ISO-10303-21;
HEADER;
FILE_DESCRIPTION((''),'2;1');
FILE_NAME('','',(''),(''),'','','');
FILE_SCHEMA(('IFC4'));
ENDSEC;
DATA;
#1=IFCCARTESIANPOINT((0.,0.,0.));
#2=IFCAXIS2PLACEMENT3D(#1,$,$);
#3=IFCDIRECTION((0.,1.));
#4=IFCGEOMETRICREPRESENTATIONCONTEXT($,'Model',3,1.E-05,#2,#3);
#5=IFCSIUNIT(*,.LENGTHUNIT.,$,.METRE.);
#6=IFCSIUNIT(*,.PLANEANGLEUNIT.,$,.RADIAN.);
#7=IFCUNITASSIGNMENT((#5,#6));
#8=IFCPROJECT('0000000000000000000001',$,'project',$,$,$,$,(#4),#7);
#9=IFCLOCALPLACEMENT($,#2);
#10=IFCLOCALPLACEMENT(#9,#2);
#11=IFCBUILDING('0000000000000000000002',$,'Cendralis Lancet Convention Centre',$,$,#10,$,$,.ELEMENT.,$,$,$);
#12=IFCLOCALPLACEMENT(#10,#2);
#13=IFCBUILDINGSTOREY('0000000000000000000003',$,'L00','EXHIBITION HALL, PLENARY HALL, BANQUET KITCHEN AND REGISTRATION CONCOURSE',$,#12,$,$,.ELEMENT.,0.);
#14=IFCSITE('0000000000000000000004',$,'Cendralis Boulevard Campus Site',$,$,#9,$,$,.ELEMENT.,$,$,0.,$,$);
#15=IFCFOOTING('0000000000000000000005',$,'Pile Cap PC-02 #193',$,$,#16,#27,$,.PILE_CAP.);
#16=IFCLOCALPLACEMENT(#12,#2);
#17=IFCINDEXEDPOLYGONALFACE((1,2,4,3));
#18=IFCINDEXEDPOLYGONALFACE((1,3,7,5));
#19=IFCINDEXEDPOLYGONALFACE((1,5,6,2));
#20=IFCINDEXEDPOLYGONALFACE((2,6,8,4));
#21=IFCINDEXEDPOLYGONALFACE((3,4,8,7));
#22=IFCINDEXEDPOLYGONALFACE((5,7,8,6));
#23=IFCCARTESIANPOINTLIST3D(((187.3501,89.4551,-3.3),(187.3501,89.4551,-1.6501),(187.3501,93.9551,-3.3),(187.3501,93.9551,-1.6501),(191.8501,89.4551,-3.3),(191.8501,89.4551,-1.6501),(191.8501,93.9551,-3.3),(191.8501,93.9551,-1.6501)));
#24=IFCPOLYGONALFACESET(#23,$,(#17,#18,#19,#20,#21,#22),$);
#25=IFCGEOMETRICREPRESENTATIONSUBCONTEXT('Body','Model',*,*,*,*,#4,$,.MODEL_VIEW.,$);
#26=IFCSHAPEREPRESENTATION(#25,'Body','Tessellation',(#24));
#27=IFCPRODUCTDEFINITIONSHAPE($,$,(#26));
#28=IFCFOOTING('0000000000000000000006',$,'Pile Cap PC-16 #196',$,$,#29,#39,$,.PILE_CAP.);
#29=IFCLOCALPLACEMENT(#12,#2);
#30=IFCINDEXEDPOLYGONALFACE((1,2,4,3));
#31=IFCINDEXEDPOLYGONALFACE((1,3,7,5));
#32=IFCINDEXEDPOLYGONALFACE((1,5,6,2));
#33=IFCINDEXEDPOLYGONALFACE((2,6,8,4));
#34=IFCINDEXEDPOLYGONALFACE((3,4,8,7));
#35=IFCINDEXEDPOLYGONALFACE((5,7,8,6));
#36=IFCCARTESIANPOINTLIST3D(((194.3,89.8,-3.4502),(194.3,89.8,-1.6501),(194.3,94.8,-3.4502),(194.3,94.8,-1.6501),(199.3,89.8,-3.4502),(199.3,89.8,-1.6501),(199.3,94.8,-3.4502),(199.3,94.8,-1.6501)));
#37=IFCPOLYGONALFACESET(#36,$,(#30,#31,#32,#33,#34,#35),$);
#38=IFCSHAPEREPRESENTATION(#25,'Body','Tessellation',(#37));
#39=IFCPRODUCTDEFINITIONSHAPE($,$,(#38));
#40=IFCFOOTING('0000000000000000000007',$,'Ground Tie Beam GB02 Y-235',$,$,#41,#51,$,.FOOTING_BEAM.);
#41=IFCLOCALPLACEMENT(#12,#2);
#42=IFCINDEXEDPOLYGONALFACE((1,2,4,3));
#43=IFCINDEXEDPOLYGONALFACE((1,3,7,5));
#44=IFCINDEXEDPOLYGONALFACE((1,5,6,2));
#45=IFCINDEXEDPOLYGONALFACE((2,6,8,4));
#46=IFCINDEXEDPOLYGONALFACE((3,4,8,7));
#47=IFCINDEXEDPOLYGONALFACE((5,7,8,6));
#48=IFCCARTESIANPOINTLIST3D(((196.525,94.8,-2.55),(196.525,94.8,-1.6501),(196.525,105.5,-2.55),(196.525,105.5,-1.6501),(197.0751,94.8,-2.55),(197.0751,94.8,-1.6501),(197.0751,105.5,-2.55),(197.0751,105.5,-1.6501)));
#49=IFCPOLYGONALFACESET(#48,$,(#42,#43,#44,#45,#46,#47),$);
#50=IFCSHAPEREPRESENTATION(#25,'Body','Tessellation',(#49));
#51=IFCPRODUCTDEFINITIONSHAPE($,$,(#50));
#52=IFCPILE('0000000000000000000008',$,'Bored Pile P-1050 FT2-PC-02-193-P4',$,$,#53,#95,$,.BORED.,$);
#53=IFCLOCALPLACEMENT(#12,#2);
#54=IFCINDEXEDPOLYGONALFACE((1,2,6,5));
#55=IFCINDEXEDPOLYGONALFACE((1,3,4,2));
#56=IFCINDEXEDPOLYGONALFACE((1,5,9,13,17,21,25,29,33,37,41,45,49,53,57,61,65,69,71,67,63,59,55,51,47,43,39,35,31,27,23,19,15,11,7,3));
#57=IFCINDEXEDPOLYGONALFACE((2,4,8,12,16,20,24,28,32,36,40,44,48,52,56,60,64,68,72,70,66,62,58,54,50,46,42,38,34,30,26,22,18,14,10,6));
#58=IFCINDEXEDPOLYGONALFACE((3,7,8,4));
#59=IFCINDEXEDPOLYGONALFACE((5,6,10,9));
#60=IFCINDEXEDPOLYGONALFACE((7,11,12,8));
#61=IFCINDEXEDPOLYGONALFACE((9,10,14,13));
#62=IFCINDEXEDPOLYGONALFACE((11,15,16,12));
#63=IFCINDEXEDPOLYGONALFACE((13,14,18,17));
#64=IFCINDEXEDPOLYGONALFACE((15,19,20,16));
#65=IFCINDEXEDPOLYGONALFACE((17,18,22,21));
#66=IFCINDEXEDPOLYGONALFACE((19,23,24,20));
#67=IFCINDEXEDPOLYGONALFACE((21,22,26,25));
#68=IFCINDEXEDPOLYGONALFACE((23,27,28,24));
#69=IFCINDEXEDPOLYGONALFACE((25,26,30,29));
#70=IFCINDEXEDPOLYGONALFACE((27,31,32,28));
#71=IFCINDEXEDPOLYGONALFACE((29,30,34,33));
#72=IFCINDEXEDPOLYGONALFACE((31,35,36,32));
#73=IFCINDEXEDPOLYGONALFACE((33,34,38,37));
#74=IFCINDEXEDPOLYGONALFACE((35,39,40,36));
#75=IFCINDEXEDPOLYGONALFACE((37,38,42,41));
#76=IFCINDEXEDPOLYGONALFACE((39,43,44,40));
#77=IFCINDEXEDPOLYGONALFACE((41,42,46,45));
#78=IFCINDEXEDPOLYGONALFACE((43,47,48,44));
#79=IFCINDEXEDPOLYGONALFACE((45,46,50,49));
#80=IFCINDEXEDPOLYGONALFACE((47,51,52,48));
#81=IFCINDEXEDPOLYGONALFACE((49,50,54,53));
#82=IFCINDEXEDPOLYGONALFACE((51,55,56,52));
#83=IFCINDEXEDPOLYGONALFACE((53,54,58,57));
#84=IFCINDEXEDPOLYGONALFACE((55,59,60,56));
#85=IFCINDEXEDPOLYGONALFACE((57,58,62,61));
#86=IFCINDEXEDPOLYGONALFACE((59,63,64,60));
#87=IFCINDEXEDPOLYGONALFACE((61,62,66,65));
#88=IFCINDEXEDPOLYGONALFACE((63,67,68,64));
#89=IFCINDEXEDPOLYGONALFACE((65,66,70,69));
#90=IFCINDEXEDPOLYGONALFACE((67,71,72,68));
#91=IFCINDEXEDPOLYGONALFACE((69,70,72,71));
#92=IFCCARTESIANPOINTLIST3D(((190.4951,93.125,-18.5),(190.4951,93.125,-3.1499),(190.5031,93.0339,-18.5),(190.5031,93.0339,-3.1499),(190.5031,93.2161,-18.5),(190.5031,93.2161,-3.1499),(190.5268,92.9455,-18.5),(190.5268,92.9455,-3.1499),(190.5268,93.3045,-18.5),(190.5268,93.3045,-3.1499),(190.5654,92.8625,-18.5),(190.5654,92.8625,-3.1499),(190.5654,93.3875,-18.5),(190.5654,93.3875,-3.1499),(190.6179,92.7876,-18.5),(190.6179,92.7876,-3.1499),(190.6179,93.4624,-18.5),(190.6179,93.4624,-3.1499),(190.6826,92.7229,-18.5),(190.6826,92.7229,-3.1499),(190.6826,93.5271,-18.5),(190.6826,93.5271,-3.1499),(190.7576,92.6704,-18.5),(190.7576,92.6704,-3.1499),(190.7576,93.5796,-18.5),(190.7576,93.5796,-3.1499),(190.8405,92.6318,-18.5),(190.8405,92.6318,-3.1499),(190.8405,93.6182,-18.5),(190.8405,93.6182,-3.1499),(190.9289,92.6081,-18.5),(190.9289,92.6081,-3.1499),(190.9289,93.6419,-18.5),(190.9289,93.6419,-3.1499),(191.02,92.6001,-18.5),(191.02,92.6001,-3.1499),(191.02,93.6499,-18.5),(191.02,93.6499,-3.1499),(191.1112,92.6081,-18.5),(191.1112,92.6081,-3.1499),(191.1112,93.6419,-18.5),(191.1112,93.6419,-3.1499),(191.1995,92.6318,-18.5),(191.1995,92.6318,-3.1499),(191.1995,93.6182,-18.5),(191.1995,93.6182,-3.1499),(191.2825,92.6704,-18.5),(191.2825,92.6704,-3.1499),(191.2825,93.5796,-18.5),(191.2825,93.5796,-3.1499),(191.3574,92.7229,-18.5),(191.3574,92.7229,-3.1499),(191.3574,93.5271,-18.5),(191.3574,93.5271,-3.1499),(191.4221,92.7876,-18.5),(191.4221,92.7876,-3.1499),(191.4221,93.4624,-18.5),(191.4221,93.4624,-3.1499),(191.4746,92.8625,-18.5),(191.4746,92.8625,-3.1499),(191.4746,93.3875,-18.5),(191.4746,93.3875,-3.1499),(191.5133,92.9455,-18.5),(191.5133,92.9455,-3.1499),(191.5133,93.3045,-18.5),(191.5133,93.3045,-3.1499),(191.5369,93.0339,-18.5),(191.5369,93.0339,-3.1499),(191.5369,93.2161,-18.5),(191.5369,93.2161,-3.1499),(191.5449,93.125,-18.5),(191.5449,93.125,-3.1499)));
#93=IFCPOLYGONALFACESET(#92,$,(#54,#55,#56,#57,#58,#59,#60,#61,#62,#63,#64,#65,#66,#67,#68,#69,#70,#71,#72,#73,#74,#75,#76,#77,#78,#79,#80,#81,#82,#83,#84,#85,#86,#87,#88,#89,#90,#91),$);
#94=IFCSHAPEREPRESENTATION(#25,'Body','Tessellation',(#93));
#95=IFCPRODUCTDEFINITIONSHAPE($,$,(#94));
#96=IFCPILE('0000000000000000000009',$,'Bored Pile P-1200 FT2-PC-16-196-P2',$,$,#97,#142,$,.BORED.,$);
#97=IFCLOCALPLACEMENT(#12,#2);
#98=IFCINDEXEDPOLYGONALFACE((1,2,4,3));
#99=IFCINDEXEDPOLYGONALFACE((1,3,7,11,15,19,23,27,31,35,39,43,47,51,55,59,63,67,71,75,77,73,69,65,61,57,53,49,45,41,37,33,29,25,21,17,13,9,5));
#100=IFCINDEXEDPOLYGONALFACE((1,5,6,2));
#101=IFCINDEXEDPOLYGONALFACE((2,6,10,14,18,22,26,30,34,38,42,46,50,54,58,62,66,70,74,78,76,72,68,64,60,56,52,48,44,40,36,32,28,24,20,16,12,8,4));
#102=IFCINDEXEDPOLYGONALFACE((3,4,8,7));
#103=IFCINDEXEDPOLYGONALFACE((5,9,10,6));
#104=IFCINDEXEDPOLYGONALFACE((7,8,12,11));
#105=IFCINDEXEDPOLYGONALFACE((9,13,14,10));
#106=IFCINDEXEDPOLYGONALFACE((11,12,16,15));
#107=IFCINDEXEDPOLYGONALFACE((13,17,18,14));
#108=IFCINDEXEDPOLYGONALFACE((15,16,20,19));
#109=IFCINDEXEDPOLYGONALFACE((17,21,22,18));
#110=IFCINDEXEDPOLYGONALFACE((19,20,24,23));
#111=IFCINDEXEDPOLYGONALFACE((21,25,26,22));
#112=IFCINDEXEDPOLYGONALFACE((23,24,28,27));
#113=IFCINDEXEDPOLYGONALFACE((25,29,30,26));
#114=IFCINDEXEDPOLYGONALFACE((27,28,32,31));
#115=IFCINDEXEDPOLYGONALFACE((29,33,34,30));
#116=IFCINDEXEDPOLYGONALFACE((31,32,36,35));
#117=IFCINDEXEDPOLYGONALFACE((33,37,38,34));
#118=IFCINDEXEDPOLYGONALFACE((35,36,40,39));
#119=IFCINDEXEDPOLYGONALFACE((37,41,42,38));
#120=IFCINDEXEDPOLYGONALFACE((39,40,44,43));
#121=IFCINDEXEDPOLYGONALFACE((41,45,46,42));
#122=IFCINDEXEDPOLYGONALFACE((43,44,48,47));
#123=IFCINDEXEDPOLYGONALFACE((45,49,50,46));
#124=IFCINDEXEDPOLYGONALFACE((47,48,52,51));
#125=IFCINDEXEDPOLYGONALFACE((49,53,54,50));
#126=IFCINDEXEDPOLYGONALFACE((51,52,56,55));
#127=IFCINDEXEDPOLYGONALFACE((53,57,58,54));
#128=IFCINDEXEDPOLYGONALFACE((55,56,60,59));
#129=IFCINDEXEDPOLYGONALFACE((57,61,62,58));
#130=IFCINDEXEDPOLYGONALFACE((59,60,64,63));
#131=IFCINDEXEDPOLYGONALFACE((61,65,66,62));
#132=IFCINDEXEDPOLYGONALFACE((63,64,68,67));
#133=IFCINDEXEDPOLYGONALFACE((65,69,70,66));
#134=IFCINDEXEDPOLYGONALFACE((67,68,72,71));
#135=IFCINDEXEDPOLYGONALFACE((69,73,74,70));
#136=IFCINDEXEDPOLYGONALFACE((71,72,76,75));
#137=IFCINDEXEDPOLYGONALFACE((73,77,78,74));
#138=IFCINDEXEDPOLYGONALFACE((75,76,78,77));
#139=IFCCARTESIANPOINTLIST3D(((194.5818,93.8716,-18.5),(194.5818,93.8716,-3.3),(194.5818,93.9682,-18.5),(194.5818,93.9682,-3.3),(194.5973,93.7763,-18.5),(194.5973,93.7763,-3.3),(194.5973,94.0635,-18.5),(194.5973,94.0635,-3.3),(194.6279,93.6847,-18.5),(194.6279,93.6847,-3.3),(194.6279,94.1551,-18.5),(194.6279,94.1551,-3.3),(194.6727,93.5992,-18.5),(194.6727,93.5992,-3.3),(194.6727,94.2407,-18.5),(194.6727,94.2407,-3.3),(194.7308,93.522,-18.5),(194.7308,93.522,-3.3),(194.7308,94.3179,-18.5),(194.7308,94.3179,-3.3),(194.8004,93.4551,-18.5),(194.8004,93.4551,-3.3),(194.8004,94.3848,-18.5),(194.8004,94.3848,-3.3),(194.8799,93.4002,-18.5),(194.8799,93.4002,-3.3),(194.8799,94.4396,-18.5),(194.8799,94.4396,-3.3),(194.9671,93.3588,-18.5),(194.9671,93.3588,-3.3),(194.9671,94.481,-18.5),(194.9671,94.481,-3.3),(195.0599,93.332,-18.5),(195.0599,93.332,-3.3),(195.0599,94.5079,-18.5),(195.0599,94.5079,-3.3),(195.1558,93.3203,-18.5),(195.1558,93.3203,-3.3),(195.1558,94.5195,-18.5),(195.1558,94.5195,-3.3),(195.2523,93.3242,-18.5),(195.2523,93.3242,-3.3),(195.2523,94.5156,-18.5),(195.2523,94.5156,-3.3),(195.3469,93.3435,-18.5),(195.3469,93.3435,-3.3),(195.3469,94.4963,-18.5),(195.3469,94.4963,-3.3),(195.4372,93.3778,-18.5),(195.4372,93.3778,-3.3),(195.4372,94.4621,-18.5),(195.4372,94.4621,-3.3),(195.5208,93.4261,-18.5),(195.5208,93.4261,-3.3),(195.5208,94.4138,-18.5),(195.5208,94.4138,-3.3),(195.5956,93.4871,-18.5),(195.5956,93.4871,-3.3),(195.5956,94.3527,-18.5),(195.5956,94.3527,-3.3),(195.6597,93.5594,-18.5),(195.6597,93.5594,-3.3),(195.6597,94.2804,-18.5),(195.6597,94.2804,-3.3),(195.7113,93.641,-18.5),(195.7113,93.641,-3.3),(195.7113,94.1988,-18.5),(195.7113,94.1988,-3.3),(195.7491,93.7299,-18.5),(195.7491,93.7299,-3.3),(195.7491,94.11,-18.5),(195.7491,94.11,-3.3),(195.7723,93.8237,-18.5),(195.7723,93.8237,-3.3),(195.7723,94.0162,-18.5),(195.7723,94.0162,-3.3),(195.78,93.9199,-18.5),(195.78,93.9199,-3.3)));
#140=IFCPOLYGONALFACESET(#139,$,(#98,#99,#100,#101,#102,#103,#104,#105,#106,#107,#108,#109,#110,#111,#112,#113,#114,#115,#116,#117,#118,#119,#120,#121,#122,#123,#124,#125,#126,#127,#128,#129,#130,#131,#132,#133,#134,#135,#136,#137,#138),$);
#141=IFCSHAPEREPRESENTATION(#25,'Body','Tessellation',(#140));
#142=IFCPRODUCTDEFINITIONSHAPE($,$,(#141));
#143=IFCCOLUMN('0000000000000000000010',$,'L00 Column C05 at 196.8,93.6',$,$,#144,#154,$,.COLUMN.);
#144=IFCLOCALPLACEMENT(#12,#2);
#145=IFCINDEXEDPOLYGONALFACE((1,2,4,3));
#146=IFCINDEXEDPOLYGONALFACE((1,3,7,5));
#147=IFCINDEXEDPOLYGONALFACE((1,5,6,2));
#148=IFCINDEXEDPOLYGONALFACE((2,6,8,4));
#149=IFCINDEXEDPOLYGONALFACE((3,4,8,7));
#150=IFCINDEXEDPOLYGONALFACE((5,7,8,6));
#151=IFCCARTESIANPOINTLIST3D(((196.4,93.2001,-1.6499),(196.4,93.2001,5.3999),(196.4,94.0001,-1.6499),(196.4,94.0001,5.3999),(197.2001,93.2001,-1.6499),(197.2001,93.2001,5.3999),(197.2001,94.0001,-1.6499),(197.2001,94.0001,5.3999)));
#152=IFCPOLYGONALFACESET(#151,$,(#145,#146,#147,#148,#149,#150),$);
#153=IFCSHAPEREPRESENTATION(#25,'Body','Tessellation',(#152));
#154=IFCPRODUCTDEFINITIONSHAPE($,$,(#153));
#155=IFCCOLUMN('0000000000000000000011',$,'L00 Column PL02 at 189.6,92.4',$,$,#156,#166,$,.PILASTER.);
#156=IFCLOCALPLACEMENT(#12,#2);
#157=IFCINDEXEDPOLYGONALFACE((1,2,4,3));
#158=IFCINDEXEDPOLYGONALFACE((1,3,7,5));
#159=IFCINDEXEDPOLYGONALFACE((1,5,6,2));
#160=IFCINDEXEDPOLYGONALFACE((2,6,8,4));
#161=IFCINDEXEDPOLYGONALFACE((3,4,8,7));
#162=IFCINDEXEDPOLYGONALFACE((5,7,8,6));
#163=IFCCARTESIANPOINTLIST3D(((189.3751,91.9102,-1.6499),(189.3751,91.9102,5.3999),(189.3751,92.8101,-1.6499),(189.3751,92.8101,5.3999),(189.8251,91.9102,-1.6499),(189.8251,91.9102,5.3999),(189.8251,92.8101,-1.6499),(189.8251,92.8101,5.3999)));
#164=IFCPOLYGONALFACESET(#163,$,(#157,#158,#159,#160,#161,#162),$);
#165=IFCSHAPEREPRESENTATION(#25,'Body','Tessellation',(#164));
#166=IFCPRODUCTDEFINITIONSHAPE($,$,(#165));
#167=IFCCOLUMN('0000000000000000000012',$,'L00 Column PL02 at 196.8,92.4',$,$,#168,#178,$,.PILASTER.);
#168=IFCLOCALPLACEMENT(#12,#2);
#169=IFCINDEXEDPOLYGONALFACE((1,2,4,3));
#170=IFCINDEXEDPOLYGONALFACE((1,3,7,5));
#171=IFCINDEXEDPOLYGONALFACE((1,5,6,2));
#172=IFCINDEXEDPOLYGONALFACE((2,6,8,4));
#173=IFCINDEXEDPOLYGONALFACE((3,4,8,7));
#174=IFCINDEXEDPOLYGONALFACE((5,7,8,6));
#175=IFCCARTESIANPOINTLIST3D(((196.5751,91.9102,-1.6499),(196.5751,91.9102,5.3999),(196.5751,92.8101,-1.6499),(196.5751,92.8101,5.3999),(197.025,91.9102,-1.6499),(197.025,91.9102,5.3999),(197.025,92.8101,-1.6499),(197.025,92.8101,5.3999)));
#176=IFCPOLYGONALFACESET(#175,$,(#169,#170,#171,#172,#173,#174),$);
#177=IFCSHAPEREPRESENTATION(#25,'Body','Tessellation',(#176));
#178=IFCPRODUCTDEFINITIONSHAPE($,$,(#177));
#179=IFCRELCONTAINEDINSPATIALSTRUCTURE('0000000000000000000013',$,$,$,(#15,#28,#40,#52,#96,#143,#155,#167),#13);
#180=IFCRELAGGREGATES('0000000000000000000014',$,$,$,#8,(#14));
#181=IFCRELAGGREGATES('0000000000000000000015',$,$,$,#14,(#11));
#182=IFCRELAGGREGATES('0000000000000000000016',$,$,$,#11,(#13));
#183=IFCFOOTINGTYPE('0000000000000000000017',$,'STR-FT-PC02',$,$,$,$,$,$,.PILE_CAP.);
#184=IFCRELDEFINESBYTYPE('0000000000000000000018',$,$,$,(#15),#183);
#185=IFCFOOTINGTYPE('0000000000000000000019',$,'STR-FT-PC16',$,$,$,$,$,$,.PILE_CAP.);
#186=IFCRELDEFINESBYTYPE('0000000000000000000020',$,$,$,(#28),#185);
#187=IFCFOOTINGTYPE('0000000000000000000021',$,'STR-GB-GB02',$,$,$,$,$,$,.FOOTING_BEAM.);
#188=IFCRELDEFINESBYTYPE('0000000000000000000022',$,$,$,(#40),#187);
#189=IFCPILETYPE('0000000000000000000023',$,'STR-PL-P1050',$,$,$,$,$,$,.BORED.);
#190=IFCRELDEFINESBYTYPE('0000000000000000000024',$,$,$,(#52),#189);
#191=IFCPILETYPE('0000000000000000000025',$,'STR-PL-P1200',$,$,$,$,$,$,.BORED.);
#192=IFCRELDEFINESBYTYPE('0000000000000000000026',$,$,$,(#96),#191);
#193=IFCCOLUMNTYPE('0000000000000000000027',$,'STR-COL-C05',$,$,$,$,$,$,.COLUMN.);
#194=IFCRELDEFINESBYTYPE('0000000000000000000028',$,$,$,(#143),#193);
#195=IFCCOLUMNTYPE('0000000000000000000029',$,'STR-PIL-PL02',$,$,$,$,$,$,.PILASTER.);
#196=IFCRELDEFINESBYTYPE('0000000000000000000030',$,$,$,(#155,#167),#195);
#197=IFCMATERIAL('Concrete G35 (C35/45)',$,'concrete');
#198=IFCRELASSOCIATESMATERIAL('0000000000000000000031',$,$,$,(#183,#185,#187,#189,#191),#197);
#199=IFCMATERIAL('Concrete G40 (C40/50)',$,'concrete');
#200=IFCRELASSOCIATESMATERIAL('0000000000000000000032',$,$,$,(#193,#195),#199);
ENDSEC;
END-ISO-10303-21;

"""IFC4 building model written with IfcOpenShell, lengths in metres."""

from ifc_helpers import new_model, si_unit, direction, frame, origin, origin_2d, place, context, subcontext, project, spatial, rectangle, circle, extrude, material, material_profile, profile_set, type_object, element, save


model = new_model("IFC4")

# Units and contexts
model_context = context("Model", 3, precision=1e-05, world=origin(), true_north=direction((0.0, 1.0)))
body_context = subcontext(model_context, "Body", "Model", "MODEL_VIEW")
ifc_project = project(units=[si_unit("LENGTHUNIT", "METRE"), si_unit("PLANEANGLEUNIT", "RADIAN")], contexts=[model_context])

# Site, building, storey
site_placement = place(None, origin())
site = spatial("IfcSite", under=ifc_project, at=site_placement, Name="Cendralis Boulevard Campus Site", CompositionType="ELEMENT", RefElevation=0.0)
building_placement = place(site_placement, origin())
building = spatial("IfcBuilding", under=site, at=building_placement, Name="Cendralis Lancet Convention Centre", CompositionType="ELEMENT")
storey_placement = place(building_placement, origin())
storey = spatial("IfcBuildingStorey", under=building, at=storey_placement, Name="L00", Description="EXHIBITION HALL, PLENARY HALL, BANQUET KITCHEN AND REGISTRATION CONCOURSE", CompositionType="ELEMENT", Elevation=0.0)

# Footings
ifc_material_1 = material(Name="Concrete G35 (C35/45)", Category="concrete")
footing_type_1 = type_object("IfcFootingType", Name="STR-FT-PC02", PredefinedType="PILE_CAP", material=ifc_material_1)
footing_1_placement = place(storey_placement, frame((189.6001, 91.7051, -3.3), z_axis=(0.0, 0.0, 1.0), x_axis=(1.0, 0.0, 0.0)))
element("IfcFooting", 1, at=footing_1_placement, inside=storey, type_object=footing_type_1, Name="Pile Cap PC-02 #193", PredefinedType="PILE_CAP", context=body_context, shape_type="SweptSolid", body=[
    extrude(rectangle(XDim=4.5, YDim=4.5, at=origin_2d()), origin(), (0.0, 0.0, 1.0), 1.6499),
])
footing_type_2 = type_object("IfcFootingType", Name="STR-FT-PC16", PredefinedType="PILE_CAP", material=ifc_material_1)
footing_2_placement = place(storey_placement, frame((196.8, 92.3, -3.4502), z_axis=(0.0, 0.0, 1.0), x_axis=(1.0, 0.0, 0.0)))
element("IfcFooting", 2, at=footing_2_placement, inside=storey, type_object=footing_type_2, Name="Pile Cap PC-16 #196", PredefinedType="PILE_CAP", context=body_context, shape_type="SweptSolid", body=[
    extrude(rectangle(XDim=5.0, YDim=5.0, at=origin_2d()), origin(), (0.0, 0.0, 1.0), 1.8),
])
ifc_material_profile_1 = material_profile(ifc_material_1, rectangle(XDim=0.55, YDim=0.8999, at=origin_2d()), Name="RCB 550x900")
ifc_profile_set_1 = profile_set([ifc_material_profile_1], Name="Concrete G35 (C35/45)")
footing_type_3 = type_object("IfcFootingType", Name="STR-GB-GB02", PredefinedType="FOOTING_BEAM", material=ifc_profile_set_1)
footing_3_placement = place(storey_placement, frame((196.8, 94.8, -2.1001), z_axis=(0.0, 1.0, 0.0), x_axis=(-1.0, 0.0, 0.0)))
element("IfcFooting", 3, at=footing_3_placement, inside=storey, type_object=footing_type_3, Name="Ground Tie Beam GB02 Y-235", PredefinedType="FOOTING_BEAM", context=body_context, shape_type="SweptSolid", body=[
    extrude(rectangle(XDim=0.55, YDim=0.8999, at=origin_2d()), origin(), (0.0, 0.0, 1.0), 10.7),
])

# Piles
ifc_material_profile_2 = material_profile(ifc_material_1, circle(Radius=0.5249, at=origin_2d()), Name="BORED PILE D1050")
ifc_profile_set_2 = profile_set([ifc_material_profile_2], Name="Concrete G35 (C35/45)")
pile_type_1 = type_object("IfcPileType", Name="STR-PL-P1050", PredefinedType="BORED", material=ifc_profile_set_2)
pile_1_placement = place(storey_placement, frame((191.02, 93.125, -3.1499), z_axis=(0.0, 0.0, -1.0), x_axis=(1.0, 0.0, 0.0)))
element("IfcPile", 4, at=pile_1_placement, inside=storey, type_object=pile_type_1, Name="Bored Pile P-1050 FT2-PC-02-193-P4", PredefinedType="BORED", context=body_context, shape_type="SweptSolid", body=[
    extrude(circle(Radius=0.5249, at=origin_2d()), origin(), (0.0, 0.0, 1.0), 15.3501),
])
ifc_material_profile_3 = material_profile(ifc_material_1, circle(Radius=0.6001, at=origin_2d()), Name="BORED PILE D1200")
ifc_profile_set_3 = profile_set([ifc_material_profile_3], Name="Concrete G35 (C35/45)")
pile_type_2 = type_object("IfcPileType", Name="STR-PL-P1200", PredefinedType="BORED", material=ifc_profile_set_3)
pile_2_placement = place(storey_placement, frame((195.1799, 93.9199, -3.3), z_axis=(0.0, 0.0, -1.0), x_axis=(1.0, 0.0, 0.0)))
element("IfcPile", 5, at=pile_2_placement, inside=storey, type_object=pile_type_2, Name="Bored Pile P-1200 FT2-PC-16-196-P2", PredefinedType="BORED", context=body_context, shape_type="SweptSolid", body=[
    extrude(circle(Radius=0.6001, at=origin_2d()), origin(), (0.0, 0.0, 1.0), 15.2),
])

# Columns
ifc_material_2 = material(Name="Concrete G40 (C40/50)", Category="concrete")
ifc_material_profile_4 = material_profile(ifc_material_2, rectangle(XDim=0.8, YDim=0.8, at=origin_2d()), Name="RC 800x800")
ifc_profile_set_4 = profile_set([ifc_material_profile_4], Name="Concrete G40 (C40/50)")
column_type_1 = type_object("IfcColumnType", Name="STR-COL-C05", PredefinedType="COLUMN", material=ifc_profile_set_4)
column_placement = place(storey_placement, frame((196.8, 93.6001, -1.6499), z_axis=(0.0, 0.0, 1.0), x_axis=(1.0, 0.0, 0.0)))
element("IfcColumn", 6, at=column_placement, inside=storey, type_object=column_type_1, Name="L00 Column C05 at 196.8,93.6", PredefinedType="COLUMN", context=body_context, shape_type="SweptSolid", body=[
    extrude(rectangle(XDim=0.8, YDim=0.8, at=origin_2d()), origin(), (0.0, 0.0, 1.0), 7.0498),
])
ifc_material_profile_5 = material_profile(ifc_material_2, rectangle(XDim=0.45, YDim=0.8999, at=origin_2d()), Name="RC 450x900")
ifc_profile_set_5 = profile_set([ifc_material_profile_5], Name="Concrete G40 (C40/50)")
column_type_2 = type_object("IfcColumnType", Name="STR-PIL-PL02", PredefinedType="PILASTER", material=ifc_profile_set_5)
for number, where, z_axis, x_axis, name in (
    (7, (189.6001, 92.3601, -1.6499), (0.0, 0.0, 1.0), (1.0, 0.0, 0.0), "L00 Column PL02 at 189.6,92.4"),
    (8, (196.8, 92.3601, -1.6499), (0.0, 0.0, 1.0), (1.0, 0.0, 0.0), "L00 Column PL02 at 196.8,92.4"),
):
    element("IfcColumn", number, at=place(storey_placement, frame(where, z_axis=z_axis, x_axis=x_axis)), inside=storey, type_object=column_type_2, Name=name, PredefinedType="PILASTER", context=body_context, shape_type="SweptSolid", body=[
        extrude(rectangle(XDim=0.45, YDim=0.8999, at=origin_2d()), origin(), (0.0, 0.0, 1.0), 7.0498),
    ])

save(model, "model.ifc")
